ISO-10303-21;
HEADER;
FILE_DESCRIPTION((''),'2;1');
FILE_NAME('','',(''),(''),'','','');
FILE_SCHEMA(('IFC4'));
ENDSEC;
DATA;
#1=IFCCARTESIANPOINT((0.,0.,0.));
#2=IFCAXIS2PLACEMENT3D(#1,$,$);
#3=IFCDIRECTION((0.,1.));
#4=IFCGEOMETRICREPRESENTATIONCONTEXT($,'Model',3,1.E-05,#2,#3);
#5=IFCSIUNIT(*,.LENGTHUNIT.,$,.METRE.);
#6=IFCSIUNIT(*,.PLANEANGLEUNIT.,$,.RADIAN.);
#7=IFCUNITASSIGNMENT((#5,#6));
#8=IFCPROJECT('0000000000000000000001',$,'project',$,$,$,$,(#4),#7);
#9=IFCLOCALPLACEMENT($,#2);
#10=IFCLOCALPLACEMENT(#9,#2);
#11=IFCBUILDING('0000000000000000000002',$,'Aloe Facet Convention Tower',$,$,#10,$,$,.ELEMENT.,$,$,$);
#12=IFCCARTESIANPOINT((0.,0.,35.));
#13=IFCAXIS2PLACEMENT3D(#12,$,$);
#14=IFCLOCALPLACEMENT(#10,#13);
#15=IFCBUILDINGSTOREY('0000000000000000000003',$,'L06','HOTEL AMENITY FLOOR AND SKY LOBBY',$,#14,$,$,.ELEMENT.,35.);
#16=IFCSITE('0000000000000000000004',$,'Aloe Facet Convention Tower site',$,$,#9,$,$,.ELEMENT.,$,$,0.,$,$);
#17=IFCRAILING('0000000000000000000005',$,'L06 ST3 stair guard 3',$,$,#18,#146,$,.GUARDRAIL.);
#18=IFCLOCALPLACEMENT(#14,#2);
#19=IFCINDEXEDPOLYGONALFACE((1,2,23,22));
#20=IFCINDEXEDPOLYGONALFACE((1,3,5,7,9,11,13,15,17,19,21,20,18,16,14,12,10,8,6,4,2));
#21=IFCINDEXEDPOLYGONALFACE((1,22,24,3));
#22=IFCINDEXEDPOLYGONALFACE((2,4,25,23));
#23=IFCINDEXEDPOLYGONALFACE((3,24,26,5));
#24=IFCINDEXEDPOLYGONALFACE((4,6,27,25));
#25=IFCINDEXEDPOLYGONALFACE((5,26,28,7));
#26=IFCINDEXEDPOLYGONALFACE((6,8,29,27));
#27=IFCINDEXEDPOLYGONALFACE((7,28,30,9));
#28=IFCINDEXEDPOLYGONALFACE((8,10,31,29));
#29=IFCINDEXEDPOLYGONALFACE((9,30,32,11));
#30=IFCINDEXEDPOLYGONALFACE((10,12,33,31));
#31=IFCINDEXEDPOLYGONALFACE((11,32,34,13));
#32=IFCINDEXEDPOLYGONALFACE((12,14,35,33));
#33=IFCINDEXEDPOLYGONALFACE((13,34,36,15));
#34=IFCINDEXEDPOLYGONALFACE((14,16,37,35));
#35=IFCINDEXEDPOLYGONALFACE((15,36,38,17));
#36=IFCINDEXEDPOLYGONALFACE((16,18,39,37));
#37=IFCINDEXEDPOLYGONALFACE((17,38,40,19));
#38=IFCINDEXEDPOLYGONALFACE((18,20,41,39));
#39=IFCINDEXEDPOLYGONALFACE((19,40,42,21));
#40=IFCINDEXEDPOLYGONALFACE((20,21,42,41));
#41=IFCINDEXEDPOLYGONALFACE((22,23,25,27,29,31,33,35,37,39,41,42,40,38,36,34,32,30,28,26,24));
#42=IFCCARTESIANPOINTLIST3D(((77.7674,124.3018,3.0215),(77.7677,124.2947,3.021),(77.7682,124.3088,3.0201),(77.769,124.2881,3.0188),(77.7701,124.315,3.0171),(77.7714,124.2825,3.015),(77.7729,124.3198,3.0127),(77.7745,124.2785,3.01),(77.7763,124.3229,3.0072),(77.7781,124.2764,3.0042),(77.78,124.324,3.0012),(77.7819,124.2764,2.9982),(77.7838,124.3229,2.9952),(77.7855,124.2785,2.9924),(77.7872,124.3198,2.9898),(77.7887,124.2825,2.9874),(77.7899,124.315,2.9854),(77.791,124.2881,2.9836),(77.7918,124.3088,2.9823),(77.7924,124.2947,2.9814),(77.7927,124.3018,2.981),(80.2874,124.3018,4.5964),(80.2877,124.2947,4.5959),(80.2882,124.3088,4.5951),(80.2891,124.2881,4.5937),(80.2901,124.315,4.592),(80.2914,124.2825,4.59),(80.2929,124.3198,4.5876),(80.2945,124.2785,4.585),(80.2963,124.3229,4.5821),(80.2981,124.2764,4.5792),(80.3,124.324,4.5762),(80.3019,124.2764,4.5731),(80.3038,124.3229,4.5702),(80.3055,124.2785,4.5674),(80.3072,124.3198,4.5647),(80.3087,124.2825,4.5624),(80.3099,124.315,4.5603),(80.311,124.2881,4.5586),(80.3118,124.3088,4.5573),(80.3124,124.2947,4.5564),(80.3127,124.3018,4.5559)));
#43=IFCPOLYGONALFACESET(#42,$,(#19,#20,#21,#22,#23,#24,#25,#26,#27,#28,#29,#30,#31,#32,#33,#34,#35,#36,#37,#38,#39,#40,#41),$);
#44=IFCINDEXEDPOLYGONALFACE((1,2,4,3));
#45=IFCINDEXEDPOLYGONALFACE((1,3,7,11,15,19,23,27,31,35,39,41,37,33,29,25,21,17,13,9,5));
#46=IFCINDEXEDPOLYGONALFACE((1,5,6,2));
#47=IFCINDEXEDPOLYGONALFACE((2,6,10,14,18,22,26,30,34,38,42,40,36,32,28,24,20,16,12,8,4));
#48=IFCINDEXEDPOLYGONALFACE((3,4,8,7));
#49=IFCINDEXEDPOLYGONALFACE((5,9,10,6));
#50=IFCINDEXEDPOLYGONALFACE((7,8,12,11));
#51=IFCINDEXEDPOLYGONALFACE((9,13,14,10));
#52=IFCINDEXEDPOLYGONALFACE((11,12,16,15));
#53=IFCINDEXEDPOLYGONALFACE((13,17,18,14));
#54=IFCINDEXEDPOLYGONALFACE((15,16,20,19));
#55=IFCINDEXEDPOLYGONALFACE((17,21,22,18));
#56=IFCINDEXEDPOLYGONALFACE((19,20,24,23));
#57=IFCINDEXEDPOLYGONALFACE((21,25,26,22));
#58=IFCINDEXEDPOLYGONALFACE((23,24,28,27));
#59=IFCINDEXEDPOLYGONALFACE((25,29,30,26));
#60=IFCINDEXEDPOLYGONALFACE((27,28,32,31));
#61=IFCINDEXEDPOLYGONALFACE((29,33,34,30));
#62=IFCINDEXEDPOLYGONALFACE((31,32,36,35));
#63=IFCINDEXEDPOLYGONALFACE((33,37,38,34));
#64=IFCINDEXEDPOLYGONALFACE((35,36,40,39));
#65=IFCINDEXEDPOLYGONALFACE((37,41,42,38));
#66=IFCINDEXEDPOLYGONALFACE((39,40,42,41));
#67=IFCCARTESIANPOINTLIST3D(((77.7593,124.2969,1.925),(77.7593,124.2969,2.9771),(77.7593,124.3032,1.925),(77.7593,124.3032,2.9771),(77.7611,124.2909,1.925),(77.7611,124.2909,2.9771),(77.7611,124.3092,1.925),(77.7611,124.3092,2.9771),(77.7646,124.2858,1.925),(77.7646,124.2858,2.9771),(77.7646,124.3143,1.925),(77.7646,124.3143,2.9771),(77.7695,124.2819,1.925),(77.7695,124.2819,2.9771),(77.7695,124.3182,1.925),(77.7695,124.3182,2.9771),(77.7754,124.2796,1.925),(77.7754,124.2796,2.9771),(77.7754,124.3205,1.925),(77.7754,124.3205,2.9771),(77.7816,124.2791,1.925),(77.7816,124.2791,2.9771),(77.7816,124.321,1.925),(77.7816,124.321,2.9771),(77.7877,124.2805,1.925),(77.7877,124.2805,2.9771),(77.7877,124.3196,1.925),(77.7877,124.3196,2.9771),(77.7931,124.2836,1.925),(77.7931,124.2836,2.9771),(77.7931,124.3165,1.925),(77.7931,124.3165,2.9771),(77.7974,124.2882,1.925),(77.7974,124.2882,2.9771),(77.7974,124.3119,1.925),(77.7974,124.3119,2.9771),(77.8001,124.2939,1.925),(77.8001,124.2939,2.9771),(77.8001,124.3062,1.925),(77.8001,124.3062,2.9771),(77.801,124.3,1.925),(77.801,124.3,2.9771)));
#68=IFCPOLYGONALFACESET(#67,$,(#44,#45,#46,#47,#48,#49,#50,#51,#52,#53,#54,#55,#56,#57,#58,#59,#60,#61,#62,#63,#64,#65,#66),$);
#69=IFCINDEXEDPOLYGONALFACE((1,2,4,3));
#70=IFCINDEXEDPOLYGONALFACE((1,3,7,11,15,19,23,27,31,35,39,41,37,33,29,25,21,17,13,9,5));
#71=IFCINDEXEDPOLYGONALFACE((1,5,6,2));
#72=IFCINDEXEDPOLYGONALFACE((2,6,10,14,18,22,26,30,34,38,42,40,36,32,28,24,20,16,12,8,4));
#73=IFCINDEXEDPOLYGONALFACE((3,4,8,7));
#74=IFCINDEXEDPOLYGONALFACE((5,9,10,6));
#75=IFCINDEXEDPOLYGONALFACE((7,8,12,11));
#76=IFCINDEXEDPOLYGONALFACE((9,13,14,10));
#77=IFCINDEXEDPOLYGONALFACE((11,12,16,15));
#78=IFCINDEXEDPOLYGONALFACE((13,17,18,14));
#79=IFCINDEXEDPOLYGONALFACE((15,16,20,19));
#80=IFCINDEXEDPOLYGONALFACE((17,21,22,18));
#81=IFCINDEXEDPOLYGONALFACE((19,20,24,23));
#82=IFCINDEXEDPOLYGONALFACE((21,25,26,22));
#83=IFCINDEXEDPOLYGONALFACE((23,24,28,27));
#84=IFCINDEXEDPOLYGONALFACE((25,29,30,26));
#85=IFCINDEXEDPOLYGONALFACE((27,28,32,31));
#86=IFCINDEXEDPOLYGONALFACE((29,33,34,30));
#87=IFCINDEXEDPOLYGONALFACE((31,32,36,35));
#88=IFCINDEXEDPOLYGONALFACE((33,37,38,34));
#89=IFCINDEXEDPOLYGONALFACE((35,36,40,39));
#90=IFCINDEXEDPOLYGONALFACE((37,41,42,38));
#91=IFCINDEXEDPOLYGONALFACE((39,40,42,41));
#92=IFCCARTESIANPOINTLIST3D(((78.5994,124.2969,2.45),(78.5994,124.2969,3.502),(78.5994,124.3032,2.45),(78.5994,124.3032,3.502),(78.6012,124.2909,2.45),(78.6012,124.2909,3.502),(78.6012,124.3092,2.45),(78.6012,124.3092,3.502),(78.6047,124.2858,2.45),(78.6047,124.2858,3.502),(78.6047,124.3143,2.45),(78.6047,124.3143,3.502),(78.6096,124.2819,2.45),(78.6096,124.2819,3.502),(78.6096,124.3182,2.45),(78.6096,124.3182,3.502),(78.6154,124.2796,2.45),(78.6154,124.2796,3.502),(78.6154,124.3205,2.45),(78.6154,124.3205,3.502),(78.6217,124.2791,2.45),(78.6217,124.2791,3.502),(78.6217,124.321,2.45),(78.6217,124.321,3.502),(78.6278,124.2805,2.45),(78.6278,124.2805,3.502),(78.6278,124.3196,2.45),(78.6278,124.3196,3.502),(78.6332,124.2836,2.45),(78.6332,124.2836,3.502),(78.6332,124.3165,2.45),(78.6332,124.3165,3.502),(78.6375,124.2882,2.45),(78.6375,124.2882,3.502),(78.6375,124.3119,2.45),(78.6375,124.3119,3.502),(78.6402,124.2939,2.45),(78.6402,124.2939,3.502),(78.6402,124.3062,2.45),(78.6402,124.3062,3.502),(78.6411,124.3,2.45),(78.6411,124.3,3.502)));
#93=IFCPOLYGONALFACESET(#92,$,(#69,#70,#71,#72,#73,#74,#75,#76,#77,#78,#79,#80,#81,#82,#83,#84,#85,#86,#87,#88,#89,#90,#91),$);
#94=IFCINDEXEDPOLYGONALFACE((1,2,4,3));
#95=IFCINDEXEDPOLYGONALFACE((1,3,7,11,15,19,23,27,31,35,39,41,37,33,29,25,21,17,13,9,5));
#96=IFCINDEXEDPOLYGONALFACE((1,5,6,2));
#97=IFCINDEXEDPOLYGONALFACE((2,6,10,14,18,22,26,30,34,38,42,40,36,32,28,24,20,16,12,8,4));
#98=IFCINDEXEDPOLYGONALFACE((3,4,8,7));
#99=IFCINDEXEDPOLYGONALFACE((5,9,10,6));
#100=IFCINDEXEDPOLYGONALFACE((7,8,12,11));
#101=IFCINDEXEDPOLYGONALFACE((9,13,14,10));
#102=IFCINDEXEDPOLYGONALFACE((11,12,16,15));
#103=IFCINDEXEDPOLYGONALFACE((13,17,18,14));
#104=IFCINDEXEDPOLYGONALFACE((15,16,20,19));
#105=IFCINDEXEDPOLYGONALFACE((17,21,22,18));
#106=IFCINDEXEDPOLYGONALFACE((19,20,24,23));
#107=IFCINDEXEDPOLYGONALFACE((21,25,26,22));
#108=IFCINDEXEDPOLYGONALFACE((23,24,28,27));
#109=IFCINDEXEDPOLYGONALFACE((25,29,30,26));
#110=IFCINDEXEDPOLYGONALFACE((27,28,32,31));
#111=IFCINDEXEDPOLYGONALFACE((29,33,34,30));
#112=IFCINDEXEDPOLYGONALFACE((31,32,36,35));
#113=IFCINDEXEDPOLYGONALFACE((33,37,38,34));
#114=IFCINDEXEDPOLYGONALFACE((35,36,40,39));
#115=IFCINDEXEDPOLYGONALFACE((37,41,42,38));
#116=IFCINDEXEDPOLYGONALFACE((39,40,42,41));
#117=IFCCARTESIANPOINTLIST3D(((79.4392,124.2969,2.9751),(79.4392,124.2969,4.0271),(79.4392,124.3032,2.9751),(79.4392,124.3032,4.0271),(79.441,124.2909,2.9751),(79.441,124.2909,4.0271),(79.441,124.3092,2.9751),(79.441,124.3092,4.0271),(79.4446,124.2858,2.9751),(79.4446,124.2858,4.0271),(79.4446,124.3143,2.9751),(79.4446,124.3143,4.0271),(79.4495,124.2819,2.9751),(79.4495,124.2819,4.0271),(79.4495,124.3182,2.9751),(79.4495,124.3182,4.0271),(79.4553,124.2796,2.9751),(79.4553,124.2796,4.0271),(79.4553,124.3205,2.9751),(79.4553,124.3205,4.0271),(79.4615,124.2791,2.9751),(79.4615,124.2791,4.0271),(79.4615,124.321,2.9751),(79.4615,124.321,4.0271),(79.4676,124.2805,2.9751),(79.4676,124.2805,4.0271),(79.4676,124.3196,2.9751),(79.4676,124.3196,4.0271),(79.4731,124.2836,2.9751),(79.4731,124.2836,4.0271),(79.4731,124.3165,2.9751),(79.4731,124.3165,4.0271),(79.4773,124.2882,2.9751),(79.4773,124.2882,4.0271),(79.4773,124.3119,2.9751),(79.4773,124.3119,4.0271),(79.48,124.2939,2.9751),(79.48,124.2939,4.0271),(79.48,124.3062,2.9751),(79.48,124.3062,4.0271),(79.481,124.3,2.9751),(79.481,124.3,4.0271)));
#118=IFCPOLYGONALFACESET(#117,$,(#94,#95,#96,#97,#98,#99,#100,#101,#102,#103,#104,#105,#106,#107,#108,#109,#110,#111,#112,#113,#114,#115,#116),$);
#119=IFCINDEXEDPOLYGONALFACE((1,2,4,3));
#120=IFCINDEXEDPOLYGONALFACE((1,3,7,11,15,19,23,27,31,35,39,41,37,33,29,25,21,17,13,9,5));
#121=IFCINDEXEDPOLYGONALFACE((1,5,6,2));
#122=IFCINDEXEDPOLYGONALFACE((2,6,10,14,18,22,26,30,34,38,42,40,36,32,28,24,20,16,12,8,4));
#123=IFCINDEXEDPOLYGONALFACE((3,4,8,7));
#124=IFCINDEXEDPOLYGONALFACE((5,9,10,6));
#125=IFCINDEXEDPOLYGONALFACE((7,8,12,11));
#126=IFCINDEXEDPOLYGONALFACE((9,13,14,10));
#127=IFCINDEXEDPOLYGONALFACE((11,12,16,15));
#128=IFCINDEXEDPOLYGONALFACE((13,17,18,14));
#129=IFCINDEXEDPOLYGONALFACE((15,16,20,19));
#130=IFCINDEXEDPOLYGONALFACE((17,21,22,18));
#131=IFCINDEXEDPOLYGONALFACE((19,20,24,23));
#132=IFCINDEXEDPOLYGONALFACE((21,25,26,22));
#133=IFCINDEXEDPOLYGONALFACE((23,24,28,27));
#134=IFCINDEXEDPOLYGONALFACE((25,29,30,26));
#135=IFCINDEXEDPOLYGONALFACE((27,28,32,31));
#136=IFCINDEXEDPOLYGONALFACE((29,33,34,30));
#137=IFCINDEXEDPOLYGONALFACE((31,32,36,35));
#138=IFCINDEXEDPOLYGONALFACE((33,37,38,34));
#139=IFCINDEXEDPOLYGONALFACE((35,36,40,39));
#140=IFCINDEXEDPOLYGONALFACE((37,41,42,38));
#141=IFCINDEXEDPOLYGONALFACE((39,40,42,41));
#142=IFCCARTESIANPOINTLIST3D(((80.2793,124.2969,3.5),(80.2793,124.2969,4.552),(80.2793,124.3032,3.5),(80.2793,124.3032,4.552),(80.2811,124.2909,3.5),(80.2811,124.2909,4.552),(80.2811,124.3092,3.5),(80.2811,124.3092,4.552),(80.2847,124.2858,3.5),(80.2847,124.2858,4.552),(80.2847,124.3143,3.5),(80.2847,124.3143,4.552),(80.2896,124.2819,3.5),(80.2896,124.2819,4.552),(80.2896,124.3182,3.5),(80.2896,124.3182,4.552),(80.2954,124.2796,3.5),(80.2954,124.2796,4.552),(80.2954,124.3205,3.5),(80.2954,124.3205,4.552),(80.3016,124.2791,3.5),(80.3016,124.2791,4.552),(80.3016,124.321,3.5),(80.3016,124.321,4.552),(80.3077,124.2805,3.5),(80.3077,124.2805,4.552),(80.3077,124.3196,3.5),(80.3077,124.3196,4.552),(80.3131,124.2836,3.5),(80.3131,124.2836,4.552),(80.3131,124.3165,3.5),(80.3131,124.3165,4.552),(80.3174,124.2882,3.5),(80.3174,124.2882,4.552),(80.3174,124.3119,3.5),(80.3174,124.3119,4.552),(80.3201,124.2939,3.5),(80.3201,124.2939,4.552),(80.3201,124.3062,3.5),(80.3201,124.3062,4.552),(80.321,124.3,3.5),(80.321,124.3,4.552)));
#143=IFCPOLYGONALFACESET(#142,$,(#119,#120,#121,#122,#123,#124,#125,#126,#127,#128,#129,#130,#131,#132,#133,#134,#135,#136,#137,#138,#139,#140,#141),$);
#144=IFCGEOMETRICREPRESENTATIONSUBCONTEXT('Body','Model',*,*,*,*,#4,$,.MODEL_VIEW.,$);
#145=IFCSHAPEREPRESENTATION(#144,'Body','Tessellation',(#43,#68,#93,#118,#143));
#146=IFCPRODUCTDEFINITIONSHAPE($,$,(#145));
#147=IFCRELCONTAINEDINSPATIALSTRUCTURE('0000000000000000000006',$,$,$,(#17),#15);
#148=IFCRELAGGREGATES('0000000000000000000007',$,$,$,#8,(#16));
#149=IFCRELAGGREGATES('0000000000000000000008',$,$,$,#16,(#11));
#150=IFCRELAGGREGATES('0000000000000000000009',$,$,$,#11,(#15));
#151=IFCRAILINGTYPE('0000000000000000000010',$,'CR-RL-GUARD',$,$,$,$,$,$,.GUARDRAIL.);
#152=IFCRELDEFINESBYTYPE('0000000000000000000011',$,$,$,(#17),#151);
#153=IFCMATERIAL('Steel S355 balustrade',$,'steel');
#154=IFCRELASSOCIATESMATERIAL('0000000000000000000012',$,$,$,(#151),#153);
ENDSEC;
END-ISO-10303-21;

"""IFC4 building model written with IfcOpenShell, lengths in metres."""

from ifc_helpers import new_model, si_unit, direction, frame, origin, origin_2d, place, context, subcontext, project, spatial, circle, extrude, material, type_object, element, save


model = new_model("IFC4")

# Units and contexts
model_context = context("Model", 3, precision=1e-05, world=origin(), true_north=direction((0.0, 1.0)))
body_context = subcontext(model_context, "Body", "Model", "MODEL_VIEW")
ifc_project = project(units=[si_unit("LENGTHUNIT", "METRE"), si_unit("PLANEANGLEUNIT", "RADIAN")], contexts=[model_context])

# Site, building, storey
site_placement = place(None, origin())
site = spatial("IfcSite", under=ifc_project, at=site_placement, Name="Aloe Facet Convention Tower site", CompositionType="ELEMENT", RefElevation=0.0)
building_placement = place(site_placement, origin())
building = spatial("IfcBuilding", under=site, at=building_placement, Name="Aloe Facet Convention Tower", CompositionType="ELEMENT")
storey_placement = place(building_placement, frame((0.0, 0.0, 35.0)))
storey = spatial("IfcBuildingStorey", under=building, at=storey_placement, Name="L06", Description="HOTEL AMENITY FLOOR AND SKY LOBBY", CompositionType="ELEMENT", Elevation=35.0)

# Railing
ifc_material_1 = material(Name="Steel S355 balustrade", Category="steel")
railing_type_1 = type_object("IfcRailingType", Name="CR-RL-GUARD", PredefinedType="GUARDRAIL", material=ifc_material_1)
railing_1_placement = place(storey_placement, frame((77.78, 124.3, 1.925)))
element("IfcRailing", 1, at=railing_1_placement, inside=storey, type_object=railing_type_1, Name="L06 ST3 stair guard 3", PredefinedType="GUARDRAIL", context=body_context, shape_type="SweptSolid", body=[
    extrude(circle(Radius=0.0239, at=origin_2d()), frame((0.0, 0.0, 1.0762), z_axis=(0.848008, 0.0, 0.529984), x_axis=(0.0, 1.0, 0.0)), (0.0, 0.0, 1.0), 2.9717),
    extrude(circle(Radius=0.021, at=origin_2d()), origin(), (0.0, 0.0, 1.0), 1.052),
    extrude(circle(Radius=0.021, at=origin_2d()), frame((0.8401, 0.0, 0.5249)), (0.0, 0.0, 1.0), 1.052),
    extrude(circle(Radius=0.021, at=origin_2d()), frame((1.6799, 0.0, 1.05)), (0.0, 0.0, 1.0), 1.052),
    extrude(circle(Radius=0.021, at=origin_2d()), frame((2.52, 0.0, 1.575)), (0.0, 0.0, 1.0), 1.052),
])

save(model, "model.ifc")
